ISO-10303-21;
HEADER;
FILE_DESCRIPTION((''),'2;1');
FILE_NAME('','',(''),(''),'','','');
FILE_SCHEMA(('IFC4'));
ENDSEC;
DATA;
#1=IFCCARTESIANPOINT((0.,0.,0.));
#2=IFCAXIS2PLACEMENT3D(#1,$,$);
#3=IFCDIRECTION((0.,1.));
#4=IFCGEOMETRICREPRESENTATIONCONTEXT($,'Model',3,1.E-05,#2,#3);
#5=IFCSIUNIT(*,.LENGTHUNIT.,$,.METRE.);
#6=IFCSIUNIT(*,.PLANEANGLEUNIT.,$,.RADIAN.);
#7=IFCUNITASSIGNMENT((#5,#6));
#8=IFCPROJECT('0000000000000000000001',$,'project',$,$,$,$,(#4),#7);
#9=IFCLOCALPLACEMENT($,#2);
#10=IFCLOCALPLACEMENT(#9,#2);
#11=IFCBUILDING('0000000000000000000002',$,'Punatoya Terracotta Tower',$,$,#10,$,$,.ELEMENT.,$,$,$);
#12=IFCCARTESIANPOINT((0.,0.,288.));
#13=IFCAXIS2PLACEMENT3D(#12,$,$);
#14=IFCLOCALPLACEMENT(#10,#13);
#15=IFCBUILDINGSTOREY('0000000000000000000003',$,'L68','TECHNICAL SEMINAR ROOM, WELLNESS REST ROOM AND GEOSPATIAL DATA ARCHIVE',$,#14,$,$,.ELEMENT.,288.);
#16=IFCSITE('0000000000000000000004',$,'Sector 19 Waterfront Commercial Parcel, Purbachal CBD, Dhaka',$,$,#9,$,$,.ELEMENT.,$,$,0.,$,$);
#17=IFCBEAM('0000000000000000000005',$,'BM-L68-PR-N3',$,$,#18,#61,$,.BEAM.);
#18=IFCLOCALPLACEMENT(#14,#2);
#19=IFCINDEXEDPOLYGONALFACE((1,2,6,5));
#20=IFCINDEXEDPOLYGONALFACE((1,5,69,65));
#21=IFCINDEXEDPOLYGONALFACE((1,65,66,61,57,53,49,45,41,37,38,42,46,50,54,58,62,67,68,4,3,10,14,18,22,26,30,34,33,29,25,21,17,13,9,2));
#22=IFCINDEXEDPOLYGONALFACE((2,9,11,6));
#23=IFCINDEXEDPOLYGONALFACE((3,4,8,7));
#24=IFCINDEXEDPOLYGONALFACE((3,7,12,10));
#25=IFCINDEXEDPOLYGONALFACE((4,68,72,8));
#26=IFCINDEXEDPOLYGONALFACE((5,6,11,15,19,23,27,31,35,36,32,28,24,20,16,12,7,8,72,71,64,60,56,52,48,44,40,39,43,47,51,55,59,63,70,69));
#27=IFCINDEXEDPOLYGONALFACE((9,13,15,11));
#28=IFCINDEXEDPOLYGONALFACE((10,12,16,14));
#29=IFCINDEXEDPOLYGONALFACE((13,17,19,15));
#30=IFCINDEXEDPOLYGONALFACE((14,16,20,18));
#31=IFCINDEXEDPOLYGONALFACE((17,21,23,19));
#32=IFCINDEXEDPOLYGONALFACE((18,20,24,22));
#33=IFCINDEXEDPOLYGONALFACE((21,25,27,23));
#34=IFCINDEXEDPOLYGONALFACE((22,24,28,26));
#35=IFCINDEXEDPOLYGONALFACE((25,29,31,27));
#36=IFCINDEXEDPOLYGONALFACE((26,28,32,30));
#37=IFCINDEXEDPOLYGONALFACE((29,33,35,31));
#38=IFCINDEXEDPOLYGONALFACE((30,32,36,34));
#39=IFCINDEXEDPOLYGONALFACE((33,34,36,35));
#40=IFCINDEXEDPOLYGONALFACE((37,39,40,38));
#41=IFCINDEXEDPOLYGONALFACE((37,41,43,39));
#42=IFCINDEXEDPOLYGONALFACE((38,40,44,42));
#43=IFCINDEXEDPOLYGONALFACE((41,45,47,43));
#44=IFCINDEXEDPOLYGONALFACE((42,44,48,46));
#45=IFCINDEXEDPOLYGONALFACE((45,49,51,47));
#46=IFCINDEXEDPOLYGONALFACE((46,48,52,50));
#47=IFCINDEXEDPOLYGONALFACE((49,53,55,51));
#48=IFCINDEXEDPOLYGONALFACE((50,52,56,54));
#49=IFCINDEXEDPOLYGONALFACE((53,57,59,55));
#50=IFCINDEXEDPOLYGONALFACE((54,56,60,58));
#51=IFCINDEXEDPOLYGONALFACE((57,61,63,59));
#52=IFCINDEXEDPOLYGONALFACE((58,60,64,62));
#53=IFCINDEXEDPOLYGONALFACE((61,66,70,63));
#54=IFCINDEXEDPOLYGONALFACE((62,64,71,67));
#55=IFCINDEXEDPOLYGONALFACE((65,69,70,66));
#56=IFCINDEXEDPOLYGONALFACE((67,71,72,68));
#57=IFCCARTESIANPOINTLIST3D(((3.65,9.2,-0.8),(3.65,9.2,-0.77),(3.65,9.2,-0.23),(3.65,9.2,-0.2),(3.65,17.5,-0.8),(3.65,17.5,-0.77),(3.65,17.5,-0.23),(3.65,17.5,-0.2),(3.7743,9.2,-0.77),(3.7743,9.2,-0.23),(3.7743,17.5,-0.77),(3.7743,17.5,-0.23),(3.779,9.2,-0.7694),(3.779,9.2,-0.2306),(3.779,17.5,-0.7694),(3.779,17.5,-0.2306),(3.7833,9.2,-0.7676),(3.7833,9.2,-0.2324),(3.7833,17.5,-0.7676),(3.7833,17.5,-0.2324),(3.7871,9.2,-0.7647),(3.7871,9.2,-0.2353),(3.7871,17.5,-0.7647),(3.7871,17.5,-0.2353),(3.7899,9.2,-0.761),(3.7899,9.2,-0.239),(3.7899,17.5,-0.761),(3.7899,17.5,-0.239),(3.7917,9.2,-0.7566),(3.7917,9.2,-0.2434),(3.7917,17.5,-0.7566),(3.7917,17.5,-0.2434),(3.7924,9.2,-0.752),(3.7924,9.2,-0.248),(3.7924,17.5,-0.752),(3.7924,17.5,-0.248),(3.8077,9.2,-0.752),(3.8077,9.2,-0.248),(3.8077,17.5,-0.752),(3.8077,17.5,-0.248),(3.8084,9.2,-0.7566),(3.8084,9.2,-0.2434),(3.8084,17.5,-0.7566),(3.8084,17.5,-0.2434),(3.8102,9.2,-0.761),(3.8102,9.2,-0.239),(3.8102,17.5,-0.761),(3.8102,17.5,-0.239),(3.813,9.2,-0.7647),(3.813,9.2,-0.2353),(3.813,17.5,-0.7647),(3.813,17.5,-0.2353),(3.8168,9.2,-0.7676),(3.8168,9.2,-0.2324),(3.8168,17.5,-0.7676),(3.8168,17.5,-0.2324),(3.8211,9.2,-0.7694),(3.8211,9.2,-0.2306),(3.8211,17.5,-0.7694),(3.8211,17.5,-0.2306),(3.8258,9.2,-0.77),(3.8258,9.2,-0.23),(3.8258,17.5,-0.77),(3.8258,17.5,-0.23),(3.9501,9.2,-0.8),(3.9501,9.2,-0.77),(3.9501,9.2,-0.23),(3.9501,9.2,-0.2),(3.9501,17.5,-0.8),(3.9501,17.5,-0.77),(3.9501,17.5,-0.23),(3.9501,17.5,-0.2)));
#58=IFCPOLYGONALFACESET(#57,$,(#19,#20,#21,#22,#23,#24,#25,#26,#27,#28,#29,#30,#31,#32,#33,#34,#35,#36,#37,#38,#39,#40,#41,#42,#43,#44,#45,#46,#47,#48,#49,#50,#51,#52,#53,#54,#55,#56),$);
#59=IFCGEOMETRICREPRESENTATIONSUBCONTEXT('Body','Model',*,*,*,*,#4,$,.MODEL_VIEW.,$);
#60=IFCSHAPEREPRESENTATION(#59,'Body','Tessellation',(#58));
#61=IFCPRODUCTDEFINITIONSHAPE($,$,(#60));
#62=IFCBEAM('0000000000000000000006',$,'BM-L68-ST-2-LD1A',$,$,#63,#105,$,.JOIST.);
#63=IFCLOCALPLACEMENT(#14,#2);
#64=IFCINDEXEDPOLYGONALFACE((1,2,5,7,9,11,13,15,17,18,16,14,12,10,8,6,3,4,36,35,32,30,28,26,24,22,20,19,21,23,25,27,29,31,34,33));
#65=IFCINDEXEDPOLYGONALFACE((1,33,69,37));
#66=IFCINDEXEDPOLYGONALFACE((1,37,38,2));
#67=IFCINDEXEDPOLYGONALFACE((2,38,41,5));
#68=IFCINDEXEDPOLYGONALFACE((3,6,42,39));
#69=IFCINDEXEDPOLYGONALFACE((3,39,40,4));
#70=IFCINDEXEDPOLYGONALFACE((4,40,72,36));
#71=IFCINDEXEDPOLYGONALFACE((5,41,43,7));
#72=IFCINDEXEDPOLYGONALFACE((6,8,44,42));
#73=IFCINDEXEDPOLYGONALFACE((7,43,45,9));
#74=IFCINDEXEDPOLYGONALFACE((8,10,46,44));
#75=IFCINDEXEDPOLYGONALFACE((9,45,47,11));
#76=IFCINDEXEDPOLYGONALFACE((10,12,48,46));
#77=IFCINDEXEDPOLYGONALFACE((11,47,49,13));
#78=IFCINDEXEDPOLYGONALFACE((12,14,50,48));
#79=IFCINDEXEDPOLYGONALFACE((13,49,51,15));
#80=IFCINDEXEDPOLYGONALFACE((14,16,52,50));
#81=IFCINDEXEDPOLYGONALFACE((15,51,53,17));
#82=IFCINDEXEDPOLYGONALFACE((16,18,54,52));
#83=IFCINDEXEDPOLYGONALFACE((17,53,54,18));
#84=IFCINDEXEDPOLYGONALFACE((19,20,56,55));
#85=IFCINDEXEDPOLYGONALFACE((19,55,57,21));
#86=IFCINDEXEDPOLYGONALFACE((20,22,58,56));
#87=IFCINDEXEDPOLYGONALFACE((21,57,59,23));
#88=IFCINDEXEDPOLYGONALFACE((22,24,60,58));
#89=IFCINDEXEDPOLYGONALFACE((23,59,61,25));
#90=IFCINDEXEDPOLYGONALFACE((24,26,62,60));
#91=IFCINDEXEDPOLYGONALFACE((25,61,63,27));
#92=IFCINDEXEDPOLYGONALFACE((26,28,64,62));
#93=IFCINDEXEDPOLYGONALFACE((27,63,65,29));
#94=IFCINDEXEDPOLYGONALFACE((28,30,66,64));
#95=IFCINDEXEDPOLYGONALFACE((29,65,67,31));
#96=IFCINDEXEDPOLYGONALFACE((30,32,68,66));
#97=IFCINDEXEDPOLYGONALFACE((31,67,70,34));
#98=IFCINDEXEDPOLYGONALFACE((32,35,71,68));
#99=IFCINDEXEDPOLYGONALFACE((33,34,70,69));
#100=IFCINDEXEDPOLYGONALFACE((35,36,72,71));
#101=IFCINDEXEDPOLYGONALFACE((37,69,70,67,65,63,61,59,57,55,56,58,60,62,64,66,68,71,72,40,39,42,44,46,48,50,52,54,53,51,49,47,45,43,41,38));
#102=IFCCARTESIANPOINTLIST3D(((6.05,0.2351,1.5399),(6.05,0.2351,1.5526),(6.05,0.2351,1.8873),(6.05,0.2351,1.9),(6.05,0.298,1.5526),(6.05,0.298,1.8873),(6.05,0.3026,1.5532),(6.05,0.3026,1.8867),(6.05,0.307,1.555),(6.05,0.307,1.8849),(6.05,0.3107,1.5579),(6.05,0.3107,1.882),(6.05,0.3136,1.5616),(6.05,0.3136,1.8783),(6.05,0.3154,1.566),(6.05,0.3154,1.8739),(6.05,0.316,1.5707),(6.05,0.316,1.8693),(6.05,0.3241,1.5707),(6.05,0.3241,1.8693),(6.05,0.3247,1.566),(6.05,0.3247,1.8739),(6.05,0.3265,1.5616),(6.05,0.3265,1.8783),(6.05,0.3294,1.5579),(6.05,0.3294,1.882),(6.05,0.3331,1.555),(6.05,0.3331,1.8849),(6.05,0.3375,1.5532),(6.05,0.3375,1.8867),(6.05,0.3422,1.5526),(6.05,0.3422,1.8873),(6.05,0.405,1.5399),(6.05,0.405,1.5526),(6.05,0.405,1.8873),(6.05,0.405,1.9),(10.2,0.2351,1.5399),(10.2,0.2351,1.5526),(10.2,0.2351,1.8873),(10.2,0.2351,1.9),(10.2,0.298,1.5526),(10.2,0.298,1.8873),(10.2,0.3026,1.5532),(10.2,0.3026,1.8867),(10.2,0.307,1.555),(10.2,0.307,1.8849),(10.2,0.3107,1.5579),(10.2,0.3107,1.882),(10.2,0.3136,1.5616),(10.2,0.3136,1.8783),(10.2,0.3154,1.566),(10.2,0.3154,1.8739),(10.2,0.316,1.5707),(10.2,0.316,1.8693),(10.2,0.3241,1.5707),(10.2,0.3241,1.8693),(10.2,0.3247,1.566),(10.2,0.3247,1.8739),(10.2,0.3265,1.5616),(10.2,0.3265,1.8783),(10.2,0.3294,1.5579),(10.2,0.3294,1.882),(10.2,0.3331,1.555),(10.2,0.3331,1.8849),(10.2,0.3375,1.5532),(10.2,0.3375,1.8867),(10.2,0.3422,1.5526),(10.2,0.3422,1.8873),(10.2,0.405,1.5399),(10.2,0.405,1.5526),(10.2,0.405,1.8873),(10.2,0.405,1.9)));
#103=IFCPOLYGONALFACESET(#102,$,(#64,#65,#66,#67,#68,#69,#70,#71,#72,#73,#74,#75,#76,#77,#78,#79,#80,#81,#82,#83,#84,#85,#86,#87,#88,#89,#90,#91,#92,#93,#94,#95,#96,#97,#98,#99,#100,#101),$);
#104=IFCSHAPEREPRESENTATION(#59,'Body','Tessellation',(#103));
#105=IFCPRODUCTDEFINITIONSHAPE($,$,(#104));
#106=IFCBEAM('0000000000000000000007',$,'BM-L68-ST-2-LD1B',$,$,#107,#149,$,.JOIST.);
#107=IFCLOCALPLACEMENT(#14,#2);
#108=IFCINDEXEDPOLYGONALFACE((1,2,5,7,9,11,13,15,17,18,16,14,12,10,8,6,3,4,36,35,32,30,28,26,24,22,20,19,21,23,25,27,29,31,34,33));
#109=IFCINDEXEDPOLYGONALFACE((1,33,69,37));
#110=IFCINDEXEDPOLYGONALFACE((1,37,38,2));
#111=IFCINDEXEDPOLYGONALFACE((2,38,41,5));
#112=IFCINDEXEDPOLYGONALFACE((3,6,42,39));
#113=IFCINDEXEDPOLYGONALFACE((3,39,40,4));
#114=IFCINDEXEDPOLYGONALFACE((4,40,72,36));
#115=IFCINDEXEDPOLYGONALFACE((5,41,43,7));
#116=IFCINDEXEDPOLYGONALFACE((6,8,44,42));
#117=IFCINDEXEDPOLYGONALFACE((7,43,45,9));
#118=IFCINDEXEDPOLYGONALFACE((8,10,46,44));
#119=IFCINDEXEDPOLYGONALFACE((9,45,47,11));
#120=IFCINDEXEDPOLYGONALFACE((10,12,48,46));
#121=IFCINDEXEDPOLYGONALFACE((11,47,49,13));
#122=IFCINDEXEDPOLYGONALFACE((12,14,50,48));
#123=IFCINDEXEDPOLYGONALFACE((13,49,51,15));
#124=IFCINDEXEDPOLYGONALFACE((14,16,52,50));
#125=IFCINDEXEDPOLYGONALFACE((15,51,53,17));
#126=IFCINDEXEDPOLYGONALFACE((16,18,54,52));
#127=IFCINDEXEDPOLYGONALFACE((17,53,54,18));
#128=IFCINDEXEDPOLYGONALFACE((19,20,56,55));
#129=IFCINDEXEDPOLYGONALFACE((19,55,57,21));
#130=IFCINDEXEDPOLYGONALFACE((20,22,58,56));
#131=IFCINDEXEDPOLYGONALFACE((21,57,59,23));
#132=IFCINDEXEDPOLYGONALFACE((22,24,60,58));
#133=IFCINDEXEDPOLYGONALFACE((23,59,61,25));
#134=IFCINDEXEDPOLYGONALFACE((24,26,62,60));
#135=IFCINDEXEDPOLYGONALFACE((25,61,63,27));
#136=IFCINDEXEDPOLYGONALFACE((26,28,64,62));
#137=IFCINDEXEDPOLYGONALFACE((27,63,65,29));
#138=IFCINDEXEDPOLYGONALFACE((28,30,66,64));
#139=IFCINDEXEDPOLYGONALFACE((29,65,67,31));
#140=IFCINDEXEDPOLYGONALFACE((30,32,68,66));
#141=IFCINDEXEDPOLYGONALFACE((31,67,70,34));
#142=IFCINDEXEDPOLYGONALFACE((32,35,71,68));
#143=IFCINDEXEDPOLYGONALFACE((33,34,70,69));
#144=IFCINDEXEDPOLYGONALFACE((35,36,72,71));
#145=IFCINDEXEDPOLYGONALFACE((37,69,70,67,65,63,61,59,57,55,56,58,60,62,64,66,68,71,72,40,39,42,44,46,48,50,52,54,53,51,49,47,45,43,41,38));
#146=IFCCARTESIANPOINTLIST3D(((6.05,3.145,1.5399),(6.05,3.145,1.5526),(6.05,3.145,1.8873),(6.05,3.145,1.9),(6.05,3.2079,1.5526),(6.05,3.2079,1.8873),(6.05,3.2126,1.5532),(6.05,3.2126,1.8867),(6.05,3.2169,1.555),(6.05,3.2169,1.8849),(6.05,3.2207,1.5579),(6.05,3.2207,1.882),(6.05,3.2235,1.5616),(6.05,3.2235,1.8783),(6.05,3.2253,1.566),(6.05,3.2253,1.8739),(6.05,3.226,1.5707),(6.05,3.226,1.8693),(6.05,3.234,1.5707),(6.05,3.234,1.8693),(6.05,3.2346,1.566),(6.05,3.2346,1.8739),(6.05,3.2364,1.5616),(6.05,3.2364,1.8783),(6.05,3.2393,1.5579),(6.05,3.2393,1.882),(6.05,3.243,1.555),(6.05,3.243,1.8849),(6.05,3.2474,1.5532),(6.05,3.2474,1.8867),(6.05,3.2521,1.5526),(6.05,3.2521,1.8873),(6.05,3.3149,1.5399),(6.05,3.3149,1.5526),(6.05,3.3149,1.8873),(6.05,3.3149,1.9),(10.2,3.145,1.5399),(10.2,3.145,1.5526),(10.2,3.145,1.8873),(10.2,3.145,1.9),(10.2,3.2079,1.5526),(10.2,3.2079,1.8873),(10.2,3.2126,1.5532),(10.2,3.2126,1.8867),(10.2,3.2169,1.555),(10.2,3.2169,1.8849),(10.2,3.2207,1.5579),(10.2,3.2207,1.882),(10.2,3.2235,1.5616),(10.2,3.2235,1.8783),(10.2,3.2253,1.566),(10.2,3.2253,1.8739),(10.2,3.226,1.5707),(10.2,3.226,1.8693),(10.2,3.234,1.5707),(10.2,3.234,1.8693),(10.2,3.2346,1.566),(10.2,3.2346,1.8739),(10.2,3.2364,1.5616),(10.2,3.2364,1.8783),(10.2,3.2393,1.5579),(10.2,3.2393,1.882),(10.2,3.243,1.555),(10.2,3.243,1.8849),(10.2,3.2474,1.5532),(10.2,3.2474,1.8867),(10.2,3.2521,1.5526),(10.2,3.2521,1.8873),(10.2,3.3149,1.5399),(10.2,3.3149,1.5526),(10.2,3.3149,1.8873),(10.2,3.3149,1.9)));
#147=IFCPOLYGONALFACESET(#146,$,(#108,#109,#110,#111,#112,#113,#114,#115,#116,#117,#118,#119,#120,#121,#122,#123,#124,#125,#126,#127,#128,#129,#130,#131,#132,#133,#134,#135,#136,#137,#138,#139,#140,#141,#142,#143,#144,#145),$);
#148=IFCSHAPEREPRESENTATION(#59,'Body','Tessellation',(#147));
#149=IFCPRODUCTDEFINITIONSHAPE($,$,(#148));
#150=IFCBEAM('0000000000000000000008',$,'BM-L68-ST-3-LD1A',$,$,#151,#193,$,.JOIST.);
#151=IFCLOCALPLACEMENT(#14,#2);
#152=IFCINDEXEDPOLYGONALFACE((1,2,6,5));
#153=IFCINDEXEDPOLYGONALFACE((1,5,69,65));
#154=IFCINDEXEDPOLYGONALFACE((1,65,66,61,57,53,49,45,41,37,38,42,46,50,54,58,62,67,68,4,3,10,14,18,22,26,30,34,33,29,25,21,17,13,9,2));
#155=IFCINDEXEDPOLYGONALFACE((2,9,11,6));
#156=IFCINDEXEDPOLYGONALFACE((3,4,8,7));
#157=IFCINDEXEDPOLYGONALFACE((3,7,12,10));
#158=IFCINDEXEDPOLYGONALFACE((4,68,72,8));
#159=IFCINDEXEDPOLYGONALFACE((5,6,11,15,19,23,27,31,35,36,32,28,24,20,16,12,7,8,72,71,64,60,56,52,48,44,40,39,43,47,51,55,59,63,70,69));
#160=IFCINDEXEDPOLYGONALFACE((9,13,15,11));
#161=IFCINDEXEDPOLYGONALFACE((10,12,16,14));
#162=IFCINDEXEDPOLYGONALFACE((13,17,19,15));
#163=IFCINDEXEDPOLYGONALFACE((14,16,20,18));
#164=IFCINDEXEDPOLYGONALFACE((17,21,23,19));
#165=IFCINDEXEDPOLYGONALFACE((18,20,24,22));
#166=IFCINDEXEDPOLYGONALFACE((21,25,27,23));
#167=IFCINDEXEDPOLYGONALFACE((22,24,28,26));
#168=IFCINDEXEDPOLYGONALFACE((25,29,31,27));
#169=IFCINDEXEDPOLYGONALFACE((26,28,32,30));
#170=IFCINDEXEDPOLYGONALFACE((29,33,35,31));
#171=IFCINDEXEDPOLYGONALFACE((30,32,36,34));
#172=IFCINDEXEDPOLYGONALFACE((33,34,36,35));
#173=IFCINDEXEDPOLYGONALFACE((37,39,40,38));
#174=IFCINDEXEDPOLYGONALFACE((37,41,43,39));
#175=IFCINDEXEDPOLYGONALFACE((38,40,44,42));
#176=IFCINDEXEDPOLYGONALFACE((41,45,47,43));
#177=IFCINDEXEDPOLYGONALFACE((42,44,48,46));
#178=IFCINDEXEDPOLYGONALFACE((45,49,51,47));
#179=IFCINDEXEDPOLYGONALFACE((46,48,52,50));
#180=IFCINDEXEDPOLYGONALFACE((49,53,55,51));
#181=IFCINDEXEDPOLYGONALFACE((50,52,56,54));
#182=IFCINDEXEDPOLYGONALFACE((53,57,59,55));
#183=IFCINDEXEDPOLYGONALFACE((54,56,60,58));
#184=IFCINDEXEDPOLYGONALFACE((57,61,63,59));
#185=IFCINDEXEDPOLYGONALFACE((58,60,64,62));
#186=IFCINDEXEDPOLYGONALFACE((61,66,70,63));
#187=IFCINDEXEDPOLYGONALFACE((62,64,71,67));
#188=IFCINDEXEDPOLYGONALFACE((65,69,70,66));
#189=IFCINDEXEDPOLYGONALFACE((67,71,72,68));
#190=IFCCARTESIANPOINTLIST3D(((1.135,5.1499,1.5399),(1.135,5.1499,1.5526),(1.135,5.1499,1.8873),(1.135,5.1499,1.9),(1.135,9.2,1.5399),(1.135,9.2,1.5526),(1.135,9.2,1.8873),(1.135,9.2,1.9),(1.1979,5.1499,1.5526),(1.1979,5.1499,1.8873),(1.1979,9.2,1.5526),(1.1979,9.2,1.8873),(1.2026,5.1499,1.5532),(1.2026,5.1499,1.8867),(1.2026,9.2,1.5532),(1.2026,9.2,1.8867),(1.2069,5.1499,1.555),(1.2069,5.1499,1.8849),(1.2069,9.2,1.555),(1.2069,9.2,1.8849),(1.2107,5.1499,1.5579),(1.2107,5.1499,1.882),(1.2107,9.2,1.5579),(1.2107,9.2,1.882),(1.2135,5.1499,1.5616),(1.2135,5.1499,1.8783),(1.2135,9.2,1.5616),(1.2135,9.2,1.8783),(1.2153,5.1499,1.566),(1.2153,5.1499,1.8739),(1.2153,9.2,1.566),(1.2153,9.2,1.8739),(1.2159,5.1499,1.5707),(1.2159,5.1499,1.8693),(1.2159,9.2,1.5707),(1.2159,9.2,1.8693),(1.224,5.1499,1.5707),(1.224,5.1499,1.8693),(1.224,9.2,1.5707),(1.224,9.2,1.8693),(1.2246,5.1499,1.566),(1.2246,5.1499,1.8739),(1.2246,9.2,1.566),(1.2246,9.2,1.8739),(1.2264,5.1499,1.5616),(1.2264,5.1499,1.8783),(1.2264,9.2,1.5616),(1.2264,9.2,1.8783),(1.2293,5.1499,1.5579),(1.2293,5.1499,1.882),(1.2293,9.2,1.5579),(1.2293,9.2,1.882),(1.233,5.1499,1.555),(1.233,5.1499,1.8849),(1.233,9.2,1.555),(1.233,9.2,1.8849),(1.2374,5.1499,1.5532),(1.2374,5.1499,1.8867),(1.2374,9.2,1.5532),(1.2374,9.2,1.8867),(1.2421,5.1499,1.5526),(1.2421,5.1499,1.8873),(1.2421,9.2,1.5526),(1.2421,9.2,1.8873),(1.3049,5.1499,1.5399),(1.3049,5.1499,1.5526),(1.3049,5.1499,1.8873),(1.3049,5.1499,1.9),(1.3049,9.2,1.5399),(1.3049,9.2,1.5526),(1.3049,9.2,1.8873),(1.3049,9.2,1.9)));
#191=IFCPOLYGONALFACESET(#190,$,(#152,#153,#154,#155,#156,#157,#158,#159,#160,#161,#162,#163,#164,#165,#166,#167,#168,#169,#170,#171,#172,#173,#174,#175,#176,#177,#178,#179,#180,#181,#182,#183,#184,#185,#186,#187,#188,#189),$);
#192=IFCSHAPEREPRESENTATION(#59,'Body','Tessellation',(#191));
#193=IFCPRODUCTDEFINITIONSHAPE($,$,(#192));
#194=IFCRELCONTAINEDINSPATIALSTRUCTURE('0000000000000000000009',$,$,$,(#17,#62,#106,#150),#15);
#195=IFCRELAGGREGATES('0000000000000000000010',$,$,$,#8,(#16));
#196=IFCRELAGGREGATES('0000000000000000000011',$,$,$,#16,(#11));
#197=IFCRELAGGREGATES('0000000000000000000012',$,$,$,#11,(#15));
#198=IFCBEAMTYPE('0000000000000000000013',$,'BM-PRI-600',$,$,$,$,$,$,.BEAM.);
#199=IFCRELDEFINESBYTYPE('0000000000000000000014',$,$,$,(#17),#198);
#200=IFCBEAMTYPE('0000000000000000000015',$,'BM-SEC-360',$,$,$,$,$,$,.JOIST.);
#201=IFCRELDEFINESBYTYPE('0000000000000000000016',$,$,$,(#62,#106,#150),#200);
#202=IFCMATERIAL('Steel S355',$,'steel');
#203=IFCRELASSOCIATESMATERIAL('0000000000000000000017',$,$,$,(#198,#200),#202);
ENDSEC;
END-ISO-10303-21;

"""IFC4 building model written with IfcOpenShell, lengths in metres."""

from ifc_helpers import new_model, si_unit, direction, frame, origin, origin_2d, place, context, subcontext, project, spatial, i_section, extrude, material, material_profile, profile_set, type_object, element, save


model = new_model("IFC4")

# Units and contexts
model_context = context("Model", 3, precision=1e-05, world=origin(), true_north=direction((0.0, 1.0)))
body_context = subcontext(model_context, "Body", "Model", "MODEL_VIEW")
ifc_project = project(units=[si_unit("LENGTHUNIT", "METRE"), si_unit("PLANEANGLEUNIT", "RADIAN")], contexts=[model_context])

# Site, building, storey
site_placement = place(None, origin())
site = spatial("IfcSite", under=ifc_project, at=site_placement, Name="Sector 19 Waterfront Commercial Parcel, Purbachal CBD, Dhaka", CompositionType="ELEMENT", RefElevation=0.0)
building_placement = place(site_placement, origin())
building = spatial("IfcBuilding", under=site, at=building_placement, Name="Punatoya Terracotta Tower", CompositionType="ELEMENT")
storey_placement = place(building_placement, frame((0.0, 0.0, 288.0)))
storey = spatial("IfcBuildingStorey", under=building, at=storey_placement, Name="L68", Description="TECHNICAL SEMINAR ROOM, WELLNESS REST ROOM AND GEOSPATIAL DATA ARCHIVE", CompositionType="ELEMENT", Elevation=288.0)

# Beams
ifc_material_1 = material(Name="Steel S355", Category="steel")
ifc_material_profile_1 = material_profile(ifc_material_1, i_section(OverallWidth=0.3, OverallDepth=0.6001, WebThickness=0.0154, FlangeThickness=0.03, FilletRadius=0.0181, at=origin_2d()))
ifc_profile_set_1 = profile_set([ifc_material_profile_1], Name="Steel S355")
beam_type_1 = type_object("IfcBeamType", Name="BM-PRI-600", PredefinedType="BEAM", material=ifc_profile_set_1)
beam_placement = place(storey_placement, frame((3.8, 9.2, -0.5), z_axis=(0.0, 1.0, 0.0), x_axis=(-1.0, 0.0, 0.0)))
element("IfcBeam", 1, at=beam_placement, inside=storey, type_object=beam_type_1, Name="BM-L68-PR-N3", PredefinedType="BEAM", context=body_context, shape_type="SweptSolid", body=[
    extrude(i_section(OverallWidth=0.3, OverallDepth=0.6001, WebThickness=0.0154, FlangeThickness=0.03, FilletRadius=0.0181, at=origin_2d()), origin(), (0.0, 0.0, 1.0), 8.3),
])
ifc_material_profile_2 = material_profile(ifc_material_1, i_section(OverallWidth=0.1699, OverallDepth=0.3601, WebThickness=0.0081, FlangeThickness=0.0127, FilletRadius=0.0181, at=origin_2d()))
ifc_profile_set_2 = profile_set([ifc_material_profile_2], Name="Steel S355")
beam_type_2 = type_object("IfcBeamType", Name="BM-SEC-360", PredefinedType="JOIST", material=ifc_profile_set_2)
for number, where, z_axis, x_axis, name in (
    (2, (6.05, 0.3201, 1.72), (1.0, 0.0, 0.0), (0.0, 1.0, 0.0), "BM-L68-ST-2-LD1A"),
    (3, (6.05, 3.23, 1.72), (1.0, 0.0, 0.0), (0.0, 1.0, 0.0), "BM-L68-ST-2-LD1B"),
):
    element("IfcBeam", number, at=place(storey_placement, frame(where, z_axis=z_axis, x_axis=x_axis)), inside=storey, type_object=beam_type_2, Name=name, PredefinedType="JOIST", context=body_context, shape_type="SweptSolid", body=[
        extrude(i_section(OverallWidth=0.1699, OverallDepth=0.3601, WebThickness=0.0081, FlangeThickness=0.0127, FilletRadius=0.0181, at=origin_2d()), origin(), (0.0, 0.0, 1.0), 4.1499),
    ])
for number, where, z_axis, x_axis, name in (
    (4, (1.22, 5.1499, 1.72), (0.0, 1.0, 0.0), (-1.0, 0.0, 0.0), "BM-L68-ST-3-LD1A"),
):
    element("IfcBeam", number, at=place(storey_placement, frame(where, z_axis=z_axis, x_axis=x_axis)), inside=storey, type_object=beam_type_2, Name=name, PredefinedType="JOIST", context=body_context, shape_type="SweptSolid", body=[
        extrude(i_section(OverallWidth=0.1699, OverallDepth=0.3601, WebThickness=0.0081, FlangeThickness=0.0127, FilletRadius=0.0181, at=origin_2d()), origin(), (0.0, 0.0, 1.0), 4.05),
    ])

save(model, "model.ifc")
